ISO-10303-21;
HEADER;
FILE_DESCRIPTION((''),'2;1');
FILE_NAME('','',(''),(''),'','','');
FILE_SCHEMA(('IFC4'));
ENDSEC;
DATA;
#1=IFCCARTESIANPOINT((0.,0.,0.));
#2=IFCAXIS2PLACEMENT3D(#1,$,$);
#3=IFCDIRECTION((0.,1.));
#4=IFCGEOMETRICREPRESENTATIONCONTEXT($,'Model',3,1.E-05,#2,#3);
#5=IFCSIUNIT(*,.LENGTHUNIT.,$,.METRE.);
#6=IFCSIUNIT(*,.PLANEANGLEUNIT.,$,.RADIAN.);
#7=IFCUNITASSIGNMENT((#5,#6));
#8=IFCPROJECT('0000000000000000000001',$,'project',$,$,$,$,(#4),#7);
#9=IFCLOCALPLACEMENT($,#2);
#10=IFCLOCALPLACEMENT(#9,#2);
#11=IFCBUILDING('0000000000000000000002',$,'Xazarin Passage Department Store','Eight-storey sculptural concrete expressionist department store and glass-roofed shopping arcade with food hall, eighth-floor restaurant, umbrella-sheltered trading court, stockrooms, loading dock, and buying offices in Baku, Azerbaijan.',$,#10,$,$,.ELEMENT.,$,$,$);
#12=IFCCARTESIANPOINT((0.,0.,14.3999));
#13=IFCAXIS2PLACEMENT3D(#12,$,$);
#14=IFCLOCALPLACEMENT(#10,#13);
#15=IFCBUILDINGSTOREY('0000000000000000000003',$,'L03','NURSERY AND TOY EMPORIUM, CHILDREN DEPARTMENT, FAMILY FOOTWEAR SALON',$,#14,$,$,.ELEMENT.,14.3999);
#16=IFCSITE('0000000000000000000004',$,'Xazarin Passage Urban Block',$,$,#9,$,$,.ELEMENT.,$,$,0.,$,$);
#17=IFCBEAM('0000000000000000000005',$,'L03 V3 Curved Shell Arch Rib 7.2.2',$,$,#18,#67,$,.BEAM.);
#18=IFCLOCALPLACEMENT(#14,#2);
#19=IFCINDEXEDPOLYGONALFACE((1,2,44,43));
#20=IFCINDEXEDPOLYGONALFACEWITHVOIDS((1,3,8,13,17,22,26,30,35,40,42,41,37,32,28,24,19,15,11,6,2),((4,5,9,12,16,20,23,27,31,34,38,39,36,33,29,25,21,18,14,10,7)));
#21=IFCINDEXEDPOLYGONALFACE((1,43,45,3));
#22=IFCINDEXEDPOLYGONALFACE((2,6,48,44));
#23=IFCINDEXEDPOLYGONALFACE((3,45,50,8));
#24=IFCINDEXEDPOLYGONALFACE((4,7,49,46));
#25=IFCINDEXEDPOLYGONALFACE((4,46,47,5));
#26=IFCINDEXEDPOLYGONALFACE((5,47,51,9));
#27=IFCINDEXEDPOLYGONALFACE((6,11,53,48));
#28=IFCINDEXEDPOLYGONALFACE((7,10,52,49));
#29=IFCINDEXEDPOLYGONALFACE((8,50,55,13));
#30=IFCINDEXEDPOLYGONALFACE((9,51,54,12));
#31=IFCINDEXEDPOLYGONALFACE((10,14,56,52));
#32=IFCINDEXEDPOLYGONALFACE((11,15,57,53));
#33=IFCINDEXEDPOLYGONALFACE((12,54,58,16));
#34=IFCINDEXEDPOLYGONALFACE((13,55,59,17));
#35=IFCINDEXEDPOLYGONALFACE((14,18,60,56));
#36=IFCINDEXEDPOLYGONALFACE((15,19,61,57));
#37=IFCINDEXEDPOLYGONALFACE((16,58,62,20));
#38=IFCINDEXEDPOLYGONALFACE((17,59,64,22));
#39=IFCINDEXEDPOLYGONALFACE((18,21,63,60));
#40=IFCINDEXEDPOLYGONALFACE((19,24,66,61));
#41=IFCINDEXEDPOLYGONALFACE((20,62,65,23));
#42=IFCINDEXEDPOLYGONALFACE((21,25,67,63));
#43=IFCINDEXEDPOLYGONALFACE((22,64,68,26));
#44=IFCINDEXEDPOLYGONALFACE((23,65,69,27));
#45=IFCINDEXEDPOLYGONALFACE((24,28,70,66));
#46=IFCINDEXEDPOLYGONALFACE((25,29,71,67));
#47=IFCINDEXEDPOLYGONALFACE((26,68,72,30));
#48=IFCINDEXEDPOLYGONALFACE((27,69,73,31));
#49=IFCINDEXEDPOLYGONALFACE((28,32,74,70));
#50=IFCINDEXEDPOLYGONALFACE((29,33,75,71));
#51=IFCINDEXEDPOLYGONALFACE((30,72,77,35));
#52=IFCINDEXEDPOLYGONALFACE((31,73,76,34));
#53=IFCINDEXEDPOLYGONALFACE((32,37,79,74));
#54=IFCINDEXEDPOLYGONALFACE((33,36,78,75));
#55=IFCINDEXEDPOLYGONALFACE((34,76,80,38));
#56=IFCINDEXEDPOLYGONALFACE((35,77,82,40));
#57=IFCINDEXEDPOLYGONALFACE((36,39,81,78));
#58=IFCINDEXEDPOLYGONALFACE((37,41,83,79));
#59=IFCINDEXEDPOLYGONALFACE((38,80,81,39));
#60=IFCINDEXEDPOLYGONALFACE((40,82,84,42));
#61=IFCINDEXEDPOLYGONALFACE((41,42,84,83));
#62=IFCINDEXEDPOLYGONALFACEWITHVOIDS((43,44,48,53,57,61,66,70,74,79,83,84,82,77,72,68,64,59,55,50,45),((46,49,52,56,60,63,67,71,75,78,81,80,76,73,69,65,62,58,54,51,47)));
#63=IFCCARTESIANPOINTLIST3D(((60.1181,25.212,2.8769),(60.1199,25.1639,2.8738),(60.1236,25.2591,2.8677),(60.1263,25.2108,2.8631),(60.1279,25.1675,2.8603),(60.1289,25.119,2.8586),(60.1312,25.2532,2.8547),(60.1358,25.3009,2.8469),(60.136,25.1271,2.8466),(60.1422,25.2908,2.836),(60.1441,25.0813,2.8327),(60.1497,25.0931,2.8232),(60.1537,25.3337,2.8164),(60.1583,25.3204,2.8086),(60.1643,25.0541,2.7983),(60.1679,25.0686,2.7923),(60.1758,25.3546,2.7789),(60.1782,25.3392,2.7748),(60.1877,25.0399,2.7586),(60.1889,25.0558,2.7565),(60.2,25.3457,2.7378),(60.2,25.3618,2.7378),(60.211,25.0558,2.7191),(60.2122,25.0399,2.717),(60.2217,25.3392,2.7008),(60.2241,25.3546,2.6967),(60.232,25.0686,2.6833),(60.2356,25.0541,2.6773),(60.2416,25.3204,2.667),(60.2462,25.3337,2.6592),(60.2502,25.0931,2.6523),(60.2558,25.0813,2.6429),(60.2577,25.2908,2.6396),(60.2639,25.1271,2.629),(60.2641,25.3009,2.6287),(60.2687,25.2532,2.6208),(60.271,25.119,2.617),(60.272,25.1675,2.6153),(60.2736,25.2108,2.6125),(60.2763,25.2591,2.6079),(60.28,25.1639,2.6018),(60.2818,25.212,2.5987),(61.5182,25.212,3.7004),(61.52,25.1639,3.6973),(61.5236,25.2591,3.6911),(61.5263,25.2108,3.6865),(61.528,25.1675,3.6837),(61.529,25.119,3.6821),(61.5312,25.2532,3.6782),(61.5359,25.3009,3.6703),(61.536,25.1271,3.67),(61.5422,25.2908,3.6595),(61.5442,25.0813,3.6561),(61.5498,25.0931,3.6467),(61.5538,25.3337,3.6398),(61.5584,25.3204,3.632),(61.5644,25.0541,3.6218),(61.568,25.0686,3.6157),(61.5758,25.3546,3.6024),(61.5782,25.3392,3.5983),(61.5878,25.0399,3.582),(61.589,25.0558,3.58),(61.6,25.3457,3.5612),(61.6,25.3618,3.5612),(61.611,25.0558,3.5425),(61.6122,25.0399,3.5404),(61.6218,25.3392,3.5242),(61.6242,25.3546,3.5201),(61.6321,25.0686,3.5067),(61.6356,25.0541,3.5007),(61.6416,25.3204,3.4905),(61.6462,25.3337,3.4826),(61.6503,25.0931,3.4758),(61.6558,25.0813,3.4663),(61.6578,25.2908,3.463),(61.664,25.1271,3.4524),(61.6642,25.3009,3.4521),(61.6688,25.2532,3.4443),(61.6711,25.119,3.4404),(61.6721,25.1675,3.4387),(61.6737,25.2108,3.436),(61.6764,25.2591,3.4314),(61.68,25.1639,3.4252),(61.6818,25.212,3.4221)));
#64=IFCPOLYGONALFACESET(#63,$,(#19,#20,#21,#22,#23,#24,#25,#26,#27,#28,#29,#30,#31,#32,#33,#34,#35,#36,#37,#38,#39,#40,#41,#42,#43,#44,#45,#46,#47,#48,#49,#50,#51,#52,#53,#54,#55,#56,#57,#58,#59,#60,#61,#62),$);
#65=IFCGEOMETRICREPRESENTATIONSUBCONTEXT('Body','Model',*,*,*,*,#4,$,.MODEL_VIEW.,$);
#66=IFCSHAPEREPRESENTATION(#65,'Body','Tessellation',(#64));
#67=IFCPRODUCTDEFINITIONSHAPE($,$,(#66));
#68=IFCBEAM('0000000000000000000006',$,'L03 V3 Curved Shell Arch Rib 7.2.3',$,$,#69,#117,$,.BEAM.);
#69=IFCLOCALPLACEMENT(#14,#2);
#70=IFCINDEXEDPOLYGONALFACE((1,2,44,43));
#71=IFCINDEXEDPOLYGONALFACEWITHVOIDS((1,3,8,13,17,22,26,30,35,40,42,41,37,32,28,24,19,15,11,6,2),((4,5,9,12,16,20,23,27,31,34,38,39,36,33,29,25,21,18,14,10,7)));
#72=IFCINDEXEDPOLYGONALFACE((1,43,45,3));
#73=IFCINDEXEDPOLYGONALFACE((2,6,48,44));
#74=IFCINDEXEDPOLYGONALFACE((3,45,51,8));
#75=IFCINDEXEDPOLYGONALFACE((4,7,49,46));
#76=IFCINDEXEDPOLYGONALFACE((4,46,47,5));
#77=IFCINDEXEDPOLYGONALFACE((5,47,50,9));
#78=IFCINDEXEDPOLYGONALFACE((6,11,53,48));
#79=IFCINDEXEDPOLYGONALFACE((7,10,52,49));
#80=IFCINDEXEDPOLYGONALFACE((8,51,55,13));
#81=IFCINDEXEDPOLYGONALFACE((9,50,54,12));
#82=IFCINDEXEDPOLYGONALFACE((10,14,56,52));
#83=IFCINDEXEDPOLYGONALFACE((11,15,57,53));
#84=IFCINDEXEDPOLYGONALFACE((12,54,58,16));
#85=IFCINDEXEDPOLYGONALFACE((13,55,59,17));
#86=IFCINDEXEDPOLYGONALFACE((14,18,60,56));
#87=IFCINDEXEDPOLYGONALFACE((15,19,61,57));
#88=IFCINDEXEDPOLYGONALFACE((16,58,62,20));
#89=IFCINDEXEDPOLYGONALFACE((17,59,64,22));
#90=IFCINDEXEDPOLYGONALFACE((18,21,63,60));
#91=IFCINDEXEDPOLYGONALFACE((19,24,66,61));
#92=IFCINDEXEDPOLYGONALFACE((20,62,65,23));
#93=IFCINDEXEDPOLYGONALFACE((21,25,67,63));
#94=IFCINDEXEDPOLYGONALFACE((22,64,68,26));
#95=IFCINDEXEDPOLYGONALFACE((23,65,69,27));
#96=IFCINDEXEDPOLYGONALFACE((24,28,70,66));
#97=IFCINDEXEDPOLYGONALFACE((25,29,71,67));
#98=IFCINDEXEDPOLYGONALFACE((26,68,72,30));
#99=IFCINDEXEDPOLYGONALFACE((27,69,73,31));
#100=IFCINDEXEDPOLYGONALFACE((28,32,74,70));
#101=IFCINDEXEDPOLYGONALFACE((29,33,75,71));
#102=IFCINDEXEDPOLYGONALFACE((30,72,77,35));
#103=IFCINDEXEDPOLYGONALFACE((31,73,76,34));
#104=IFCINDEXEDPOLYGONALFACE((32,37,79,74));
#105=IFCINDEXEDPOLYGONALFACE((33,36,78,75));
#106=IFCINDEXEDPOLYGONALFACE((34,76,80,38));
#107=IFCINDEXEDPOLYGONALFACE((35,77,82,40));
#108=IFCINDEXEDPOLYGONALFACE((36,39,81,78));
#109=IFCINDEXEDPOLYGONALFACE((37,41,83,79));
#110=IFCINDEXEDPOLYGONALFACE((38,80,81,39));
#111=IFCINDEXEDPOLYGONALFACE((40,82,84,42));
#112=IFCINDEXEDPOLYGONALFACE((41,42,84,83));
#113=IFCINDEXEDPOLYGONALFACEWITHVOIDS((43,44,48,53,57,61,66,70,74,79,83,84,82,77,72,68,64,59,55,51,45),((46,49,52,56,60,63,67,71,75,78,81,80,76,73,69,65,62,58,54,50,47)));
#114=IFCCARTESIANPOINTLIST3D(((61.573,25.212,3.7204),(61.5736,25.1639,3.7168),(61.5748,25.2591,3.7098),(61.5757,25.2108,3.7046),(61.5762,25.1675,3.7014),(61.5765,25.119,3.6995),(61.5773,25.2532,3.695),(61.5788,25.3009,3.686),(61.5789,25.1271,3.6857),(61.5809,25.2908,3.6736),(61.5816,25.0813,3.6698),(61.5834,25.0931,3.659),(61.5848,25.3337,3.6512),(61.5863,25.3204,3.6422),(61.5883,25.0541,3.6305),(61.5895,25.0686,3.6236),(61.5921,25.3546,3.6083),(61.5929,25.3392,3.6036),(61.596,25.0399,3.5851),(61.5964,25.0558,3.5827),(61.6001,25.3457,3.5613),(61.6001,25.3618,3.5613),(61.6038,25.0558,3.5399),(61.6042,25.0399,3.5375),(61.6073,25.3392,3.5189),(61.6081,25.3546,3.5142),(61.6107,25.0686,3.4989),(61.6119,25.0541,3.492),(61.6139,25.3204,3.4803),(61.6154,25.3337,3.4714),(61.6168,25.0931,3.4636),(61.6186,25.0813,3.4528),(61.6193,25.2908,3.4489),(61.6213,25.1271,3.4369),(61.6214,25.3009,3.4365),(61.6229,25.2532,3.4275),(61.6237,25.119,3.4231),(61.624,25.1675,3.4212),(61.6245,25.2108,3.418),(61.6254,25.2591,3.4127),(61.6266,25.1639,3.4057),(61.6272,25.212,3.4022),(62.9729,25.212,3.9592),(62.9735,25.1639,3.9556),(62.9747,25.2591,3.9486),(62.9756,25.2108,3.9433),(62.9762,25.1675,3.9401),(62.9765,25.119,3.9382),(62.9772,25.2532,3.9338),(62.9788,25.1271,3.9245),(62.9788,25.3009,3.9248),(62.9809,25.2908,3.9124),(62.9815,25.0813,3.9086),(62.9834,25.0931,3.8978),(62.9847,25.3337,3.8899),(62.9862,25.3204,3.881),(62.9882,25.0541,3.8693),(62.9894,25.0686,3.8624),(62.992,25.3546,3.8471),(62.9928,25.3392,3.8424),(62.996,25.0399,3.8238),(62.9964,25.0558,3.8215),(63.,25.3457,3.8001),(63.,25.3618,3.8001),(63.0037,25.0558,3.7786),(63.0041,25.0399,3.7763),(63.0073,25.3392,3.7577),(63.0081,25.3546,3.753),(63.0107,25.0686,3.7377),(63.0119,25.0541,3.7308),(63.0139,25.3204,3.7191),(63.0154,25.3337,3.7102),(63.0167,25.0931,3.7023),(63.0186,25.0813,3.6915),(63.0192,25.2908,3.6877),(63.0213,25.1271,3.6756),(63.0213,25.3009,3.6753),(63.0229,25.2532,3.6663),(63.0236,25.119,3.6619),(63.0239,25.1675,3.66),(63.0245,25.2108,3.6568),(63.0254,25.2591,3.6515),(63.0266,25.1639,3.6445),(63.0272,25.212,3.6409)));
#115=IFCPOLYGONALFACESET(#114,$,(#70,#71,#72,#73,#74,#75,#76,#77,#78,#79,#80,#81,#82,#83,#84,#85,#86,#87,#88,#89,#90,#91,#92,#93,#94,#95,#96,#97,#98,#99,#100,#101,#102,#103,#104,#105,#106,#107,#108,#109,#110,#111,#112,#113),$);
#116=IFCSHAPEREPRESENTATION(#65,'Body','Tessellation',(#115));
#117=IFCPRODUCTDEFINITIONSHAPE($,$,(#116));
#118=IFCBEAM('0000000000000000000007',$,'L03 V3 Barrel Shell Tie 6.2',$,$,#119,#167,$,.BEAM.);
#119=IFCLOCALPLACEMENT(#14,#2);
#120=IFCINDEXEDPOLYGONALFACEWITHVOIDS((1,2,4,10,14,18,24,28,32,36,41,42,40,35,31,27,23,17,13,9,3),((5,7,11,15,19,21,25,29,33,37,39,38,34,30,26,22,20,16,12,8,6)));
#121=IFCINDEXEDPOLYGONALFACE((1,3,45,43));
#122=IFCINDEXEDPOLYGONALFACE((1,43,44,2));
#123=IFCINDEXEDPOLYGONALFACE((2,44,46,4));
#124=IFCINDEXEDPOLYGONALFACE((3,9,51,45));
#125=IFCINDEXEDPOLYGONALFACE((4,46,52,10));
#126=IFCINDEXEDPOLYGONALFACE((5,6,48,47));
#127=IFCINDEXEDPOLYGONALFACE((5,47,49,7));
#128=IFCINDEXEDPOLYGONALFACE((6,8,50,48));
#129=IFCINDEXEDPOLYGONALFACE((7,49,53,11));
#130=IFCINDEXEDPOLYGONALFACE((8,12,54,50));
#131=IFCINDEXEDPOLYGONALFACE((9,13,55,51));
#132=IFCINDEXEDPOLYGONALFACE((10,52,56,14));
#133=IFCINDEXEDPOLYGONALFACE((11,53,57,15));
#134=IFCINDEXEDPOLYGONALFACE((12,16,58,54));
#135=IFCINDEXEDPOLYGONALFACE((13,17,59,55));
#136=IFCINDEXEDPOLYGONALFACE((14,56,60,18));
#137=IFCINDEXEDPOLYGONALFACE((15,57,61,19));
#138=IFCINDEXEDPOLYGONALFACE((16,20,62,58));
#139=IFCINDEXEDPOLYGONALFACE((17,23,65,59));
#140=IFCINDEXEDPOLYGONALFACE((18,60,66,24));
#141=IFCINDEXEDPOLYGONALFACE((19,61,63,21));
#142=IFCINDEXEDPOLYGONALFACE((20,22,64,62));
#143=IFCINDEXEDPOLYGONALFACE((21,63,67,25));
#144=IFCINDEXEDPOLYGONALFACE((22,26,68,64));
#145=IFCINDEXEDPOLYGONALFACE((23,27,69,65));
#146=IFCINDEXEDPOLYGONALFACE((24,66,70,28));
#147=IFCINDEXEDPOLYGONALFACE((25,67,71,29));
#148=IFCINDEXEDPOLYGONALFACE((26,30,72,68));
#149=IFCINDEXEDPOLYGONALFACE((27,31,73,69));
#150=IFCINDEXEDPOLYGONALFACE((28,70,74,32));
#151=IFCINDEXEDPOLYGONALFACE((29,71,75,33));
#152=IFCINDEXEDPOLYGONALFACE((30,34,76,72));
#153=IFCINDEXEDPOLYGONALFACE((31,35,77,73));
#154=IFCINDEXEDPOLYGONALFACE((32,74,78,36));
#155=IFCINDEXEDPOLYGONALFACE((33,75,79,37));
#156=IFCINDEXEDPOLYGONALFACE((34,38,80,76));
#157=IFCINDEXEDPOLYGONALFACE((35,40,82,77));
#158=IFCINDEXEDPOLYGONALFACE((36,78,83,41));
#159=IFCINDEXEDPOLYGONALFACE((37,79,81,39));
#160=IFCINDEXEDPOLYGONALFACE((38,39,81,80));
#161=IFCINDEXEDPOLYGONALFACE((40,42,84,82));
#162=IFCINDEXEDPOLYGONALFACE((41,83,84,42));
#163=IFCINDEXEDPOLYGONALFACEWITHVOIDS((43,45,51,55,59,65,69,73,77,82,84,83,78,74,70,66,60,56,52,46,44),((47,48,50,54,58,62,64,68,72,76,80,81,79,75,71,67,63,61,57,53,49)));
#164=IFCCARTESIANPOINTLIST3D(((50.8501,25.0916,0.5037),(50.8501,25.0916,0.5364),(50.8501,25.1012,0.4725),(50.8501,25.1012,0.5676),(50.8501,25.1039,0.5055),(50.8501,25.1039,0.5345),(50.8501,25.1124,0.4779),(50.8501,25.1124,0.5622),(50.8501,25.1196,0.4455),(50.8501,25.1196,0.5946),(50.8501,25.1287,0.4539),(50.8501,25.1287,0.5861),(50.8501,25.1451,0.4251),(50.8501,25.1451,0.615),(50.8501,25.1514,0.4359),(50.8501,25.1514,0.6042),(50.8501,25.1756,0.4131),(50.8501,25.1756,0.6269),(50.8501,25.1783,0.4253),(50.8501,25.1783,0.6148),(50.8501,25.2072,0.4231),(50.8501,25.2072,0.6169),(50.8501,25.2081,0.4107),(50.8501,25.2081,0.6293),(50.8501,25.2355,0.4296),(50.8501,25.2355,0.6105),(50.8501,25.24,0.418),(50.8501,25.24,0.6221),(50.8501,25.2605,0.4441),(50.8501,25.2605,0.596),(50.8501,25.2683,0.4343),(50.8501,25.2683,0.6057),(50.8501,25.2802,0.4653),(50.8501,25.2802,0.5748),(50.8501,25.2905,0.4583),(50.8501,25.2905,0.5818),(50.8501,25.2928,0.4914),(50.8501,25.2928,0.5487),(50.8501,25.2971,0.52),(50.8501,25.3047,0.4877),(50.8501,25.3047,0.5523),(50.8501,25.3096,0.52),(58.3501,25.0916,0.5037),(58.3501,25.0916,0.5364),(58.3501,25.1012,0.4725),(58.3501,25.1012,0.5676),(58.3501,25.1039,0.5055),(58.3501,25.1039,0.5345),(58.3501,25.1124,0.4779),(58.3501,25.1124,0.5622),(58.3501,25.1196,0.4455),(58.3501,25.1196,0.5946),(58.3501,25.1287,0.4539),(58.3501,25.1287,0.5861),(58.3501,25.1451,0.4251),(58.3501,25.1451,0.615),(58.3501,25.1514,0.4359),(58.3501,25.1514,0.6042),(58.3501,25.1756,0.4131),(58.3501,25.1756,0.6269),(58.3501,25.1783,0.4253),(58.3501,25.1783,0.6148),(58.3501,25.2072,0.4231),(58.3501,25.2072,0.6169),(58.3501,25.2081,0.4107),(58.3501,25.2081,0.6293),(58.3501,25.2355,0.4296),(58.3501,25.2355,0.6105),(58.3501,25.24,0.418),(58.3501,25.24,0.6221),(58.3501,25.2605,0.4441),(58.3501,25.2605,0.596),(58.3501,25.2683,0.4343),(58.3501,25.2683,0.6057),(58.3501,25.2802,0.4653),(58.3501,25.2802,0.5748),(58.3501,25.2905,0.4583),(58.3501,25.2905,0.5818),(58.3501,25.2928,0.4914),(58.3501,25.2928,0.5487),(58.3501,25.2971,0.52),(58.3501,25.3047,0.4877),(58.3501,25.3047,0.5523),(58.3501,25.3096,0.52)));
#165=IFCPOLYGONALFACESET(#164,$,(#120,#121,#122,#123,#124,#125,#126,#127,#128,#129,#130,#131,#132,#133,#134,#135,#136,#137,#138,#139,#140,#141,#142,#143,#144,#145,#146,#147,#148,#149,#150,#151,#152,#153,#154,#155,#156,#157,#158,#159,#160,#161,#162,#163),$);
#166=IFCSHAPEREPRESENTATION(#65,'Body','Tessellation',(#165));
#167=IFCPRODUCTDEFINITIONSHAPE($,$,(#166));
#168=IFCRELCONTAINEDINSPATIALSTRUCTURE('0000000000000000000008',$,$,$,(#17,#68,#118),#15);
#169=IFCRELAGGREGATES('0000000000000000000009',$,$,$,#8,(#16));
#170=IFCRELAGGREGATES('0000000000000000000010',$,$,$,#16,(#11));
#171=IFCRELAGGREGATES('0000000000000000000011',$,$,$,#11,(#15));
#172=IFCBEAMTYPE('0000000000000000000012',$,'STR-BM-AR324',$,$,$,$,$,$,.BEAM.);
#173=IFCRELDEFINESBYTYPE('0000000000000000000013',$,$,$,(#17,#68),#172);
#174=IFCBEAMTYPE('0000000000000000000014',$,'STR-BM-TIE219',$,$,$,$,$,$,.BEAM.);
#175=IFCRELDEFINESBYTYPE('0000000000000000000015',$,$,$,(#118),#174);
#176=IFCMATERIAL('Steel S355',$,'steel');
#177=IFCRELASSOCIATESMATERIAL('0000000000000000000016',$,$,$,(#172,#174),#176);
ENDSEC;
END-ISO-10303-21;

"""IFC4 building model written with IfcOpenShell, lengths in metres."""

from ifc_helpers import new_model, si_unit, direction, frame, origin, origin_2d, place, context, subcontext, project, spatial, hollow_circle, extrude, material, material_profile, profile_set, type_object, element, save


model = new_model("IFC4")

# Units and contexts
model_context = context("Model", 3, precision=1e-05, world=origin(), true_north=direction((0.0, 1.0)))
body_context = subcontext(model_context, "Body", "Model", "MODEL_VIEW")
ifc_project = project(units=[si_unit("LENGTHUNIT", "METRE"), si_unit("PLANEANGLEUNIT", "RADIAN")], contexts=[model_context])

# Site, building, storey
site_placement = place(None, origin())
site = spatial("IfcSite", under=ifc_project, at=site_placement, Name="Xazarin Passage Urban Block", CompositionType="ELEMENT", RefElevation=0.0)
building_placement = place(site_placement, origin())
building = spatial("IfcBuilding", under=site, at=building_placement, Name="Xazarin Passage Department Store", Description="Eight-storey sculptural concrete expressionist department store and glass-roofed shopping arcade with food hall, eighth-floor restaurant, umbrella-sheltered trading court, stockrooms, loading dock, and buying offices in Baku, Azerbaijan.", CompositionType="ELEMENT")
storey_placement = place(building_placement, frame((0.0, 0.0, 14.3999)))
storey = spatial("IfcBuildingStorey", under=building, at=storey_placement, Name="L03", Description="NURSERY AND TOY EMPORIUM, CHILDREN DEPARTMENT, FAMILY FOOTWEAR SALON", CompositionType="ELEMENT", Elevation=14.3999)

# Beams
ifc_material_1 = material(Name="Steel S355", Category="steel")
ifc_material_profile_1 = material_profile(ifc_material_1, hollow_circle(Radius=0.1619, WallThickness=0.0161, at=origin_2d()), Name="CHS 323.9x16")
ifc_profile_set_1 = profile_set([ifc_material_profile_1], Name="Steel S355")
beam_type_1 = type_object("IfcBeamType", Name="STR-BM-AR324", PredefinedType="BEAM", material=ifc_profile_set_1)
beam_1_placement = place(storey_placement, frame((60.2, 25.2, 2.7378), z_axis=(0.861969, 0.0, 0.506961), x_axis=(0.0, 1.0, 0.0)))
element("IfcBeam", 1, at=beam_1_placement, inside=storey, type_object=beam_type_1, Name="L03 V3 Curved Shell Arch Rib 7.2.2", PredefinedType="BEAM", context=body_context, shape_type="SweptSolid", body=[
    extrude(hollow_circle(Radius=0.1619, WallThickness=0.0161, at=origin_2d()), origin(), (0.0, 0.0, 1.0), 1.6243),
])
beam_2_placement = place(storey_placement, frame((61.6001, 25.2, 3.5613), z_axis=(0.985764, 0.0, 0.168133), x_axis=(0.0, 1.0, 0.0)))
element("IfcBeam", 2, at=beam_2_placement, inside=storey, type_object=beam_type_1, Name="L03 V3 Curved Shell Arch Rib 7.2.3", PredefinedType="BEAM", context=body_context, shape_type="SweptSolid", body=[
    extrude(hollow_circle(Radius=0.1619, WallThickness=0.0161, at=origin_2d()), origin(), (0.0, 0.0, 1.0), 1.4202),
])
ifc_material_profile_2 = material_profile(ifc_material_1, hollow_circle(Radius=0.1096, WallThickness=0.0125, at=origin_2d()), Name="CHS 219.1x12.5")
ifc_profile_set_2 = profile_set([ifc_material_profile_2], Name="Steel S355")
beam_type_2 = type_object("IfcBeamType", Name="STR-BM-TIE219", PredefinedType="BEAM", material=ifc_profile_set_2)
for number, where, z_axis, x_axis, name in (
    (3, (50.8501, 25.2, 0.52), (1.0, 0.0, 0.0), (0.0, 1.0, 0.0), "L03 V3 Barrel Shell Tie 6.2"),
):
    element("IfcBeam", number, at=place(storey_placement, frame(where, z_axis=z_axis, x_axis=x_axis)), inside=storey, type_object=beam_type_2, Name=name, PredefinedType="BEAM", context=body_context, shape_type="SweptSolid", body=[
        extrude(hollow_circle(Radius=0.1096, WallThickness=0.0125, at=origin_2d()), origin(), (0.0, 0.0, 1.0), 7.5),
    ])

save(model, "model.ifc")
